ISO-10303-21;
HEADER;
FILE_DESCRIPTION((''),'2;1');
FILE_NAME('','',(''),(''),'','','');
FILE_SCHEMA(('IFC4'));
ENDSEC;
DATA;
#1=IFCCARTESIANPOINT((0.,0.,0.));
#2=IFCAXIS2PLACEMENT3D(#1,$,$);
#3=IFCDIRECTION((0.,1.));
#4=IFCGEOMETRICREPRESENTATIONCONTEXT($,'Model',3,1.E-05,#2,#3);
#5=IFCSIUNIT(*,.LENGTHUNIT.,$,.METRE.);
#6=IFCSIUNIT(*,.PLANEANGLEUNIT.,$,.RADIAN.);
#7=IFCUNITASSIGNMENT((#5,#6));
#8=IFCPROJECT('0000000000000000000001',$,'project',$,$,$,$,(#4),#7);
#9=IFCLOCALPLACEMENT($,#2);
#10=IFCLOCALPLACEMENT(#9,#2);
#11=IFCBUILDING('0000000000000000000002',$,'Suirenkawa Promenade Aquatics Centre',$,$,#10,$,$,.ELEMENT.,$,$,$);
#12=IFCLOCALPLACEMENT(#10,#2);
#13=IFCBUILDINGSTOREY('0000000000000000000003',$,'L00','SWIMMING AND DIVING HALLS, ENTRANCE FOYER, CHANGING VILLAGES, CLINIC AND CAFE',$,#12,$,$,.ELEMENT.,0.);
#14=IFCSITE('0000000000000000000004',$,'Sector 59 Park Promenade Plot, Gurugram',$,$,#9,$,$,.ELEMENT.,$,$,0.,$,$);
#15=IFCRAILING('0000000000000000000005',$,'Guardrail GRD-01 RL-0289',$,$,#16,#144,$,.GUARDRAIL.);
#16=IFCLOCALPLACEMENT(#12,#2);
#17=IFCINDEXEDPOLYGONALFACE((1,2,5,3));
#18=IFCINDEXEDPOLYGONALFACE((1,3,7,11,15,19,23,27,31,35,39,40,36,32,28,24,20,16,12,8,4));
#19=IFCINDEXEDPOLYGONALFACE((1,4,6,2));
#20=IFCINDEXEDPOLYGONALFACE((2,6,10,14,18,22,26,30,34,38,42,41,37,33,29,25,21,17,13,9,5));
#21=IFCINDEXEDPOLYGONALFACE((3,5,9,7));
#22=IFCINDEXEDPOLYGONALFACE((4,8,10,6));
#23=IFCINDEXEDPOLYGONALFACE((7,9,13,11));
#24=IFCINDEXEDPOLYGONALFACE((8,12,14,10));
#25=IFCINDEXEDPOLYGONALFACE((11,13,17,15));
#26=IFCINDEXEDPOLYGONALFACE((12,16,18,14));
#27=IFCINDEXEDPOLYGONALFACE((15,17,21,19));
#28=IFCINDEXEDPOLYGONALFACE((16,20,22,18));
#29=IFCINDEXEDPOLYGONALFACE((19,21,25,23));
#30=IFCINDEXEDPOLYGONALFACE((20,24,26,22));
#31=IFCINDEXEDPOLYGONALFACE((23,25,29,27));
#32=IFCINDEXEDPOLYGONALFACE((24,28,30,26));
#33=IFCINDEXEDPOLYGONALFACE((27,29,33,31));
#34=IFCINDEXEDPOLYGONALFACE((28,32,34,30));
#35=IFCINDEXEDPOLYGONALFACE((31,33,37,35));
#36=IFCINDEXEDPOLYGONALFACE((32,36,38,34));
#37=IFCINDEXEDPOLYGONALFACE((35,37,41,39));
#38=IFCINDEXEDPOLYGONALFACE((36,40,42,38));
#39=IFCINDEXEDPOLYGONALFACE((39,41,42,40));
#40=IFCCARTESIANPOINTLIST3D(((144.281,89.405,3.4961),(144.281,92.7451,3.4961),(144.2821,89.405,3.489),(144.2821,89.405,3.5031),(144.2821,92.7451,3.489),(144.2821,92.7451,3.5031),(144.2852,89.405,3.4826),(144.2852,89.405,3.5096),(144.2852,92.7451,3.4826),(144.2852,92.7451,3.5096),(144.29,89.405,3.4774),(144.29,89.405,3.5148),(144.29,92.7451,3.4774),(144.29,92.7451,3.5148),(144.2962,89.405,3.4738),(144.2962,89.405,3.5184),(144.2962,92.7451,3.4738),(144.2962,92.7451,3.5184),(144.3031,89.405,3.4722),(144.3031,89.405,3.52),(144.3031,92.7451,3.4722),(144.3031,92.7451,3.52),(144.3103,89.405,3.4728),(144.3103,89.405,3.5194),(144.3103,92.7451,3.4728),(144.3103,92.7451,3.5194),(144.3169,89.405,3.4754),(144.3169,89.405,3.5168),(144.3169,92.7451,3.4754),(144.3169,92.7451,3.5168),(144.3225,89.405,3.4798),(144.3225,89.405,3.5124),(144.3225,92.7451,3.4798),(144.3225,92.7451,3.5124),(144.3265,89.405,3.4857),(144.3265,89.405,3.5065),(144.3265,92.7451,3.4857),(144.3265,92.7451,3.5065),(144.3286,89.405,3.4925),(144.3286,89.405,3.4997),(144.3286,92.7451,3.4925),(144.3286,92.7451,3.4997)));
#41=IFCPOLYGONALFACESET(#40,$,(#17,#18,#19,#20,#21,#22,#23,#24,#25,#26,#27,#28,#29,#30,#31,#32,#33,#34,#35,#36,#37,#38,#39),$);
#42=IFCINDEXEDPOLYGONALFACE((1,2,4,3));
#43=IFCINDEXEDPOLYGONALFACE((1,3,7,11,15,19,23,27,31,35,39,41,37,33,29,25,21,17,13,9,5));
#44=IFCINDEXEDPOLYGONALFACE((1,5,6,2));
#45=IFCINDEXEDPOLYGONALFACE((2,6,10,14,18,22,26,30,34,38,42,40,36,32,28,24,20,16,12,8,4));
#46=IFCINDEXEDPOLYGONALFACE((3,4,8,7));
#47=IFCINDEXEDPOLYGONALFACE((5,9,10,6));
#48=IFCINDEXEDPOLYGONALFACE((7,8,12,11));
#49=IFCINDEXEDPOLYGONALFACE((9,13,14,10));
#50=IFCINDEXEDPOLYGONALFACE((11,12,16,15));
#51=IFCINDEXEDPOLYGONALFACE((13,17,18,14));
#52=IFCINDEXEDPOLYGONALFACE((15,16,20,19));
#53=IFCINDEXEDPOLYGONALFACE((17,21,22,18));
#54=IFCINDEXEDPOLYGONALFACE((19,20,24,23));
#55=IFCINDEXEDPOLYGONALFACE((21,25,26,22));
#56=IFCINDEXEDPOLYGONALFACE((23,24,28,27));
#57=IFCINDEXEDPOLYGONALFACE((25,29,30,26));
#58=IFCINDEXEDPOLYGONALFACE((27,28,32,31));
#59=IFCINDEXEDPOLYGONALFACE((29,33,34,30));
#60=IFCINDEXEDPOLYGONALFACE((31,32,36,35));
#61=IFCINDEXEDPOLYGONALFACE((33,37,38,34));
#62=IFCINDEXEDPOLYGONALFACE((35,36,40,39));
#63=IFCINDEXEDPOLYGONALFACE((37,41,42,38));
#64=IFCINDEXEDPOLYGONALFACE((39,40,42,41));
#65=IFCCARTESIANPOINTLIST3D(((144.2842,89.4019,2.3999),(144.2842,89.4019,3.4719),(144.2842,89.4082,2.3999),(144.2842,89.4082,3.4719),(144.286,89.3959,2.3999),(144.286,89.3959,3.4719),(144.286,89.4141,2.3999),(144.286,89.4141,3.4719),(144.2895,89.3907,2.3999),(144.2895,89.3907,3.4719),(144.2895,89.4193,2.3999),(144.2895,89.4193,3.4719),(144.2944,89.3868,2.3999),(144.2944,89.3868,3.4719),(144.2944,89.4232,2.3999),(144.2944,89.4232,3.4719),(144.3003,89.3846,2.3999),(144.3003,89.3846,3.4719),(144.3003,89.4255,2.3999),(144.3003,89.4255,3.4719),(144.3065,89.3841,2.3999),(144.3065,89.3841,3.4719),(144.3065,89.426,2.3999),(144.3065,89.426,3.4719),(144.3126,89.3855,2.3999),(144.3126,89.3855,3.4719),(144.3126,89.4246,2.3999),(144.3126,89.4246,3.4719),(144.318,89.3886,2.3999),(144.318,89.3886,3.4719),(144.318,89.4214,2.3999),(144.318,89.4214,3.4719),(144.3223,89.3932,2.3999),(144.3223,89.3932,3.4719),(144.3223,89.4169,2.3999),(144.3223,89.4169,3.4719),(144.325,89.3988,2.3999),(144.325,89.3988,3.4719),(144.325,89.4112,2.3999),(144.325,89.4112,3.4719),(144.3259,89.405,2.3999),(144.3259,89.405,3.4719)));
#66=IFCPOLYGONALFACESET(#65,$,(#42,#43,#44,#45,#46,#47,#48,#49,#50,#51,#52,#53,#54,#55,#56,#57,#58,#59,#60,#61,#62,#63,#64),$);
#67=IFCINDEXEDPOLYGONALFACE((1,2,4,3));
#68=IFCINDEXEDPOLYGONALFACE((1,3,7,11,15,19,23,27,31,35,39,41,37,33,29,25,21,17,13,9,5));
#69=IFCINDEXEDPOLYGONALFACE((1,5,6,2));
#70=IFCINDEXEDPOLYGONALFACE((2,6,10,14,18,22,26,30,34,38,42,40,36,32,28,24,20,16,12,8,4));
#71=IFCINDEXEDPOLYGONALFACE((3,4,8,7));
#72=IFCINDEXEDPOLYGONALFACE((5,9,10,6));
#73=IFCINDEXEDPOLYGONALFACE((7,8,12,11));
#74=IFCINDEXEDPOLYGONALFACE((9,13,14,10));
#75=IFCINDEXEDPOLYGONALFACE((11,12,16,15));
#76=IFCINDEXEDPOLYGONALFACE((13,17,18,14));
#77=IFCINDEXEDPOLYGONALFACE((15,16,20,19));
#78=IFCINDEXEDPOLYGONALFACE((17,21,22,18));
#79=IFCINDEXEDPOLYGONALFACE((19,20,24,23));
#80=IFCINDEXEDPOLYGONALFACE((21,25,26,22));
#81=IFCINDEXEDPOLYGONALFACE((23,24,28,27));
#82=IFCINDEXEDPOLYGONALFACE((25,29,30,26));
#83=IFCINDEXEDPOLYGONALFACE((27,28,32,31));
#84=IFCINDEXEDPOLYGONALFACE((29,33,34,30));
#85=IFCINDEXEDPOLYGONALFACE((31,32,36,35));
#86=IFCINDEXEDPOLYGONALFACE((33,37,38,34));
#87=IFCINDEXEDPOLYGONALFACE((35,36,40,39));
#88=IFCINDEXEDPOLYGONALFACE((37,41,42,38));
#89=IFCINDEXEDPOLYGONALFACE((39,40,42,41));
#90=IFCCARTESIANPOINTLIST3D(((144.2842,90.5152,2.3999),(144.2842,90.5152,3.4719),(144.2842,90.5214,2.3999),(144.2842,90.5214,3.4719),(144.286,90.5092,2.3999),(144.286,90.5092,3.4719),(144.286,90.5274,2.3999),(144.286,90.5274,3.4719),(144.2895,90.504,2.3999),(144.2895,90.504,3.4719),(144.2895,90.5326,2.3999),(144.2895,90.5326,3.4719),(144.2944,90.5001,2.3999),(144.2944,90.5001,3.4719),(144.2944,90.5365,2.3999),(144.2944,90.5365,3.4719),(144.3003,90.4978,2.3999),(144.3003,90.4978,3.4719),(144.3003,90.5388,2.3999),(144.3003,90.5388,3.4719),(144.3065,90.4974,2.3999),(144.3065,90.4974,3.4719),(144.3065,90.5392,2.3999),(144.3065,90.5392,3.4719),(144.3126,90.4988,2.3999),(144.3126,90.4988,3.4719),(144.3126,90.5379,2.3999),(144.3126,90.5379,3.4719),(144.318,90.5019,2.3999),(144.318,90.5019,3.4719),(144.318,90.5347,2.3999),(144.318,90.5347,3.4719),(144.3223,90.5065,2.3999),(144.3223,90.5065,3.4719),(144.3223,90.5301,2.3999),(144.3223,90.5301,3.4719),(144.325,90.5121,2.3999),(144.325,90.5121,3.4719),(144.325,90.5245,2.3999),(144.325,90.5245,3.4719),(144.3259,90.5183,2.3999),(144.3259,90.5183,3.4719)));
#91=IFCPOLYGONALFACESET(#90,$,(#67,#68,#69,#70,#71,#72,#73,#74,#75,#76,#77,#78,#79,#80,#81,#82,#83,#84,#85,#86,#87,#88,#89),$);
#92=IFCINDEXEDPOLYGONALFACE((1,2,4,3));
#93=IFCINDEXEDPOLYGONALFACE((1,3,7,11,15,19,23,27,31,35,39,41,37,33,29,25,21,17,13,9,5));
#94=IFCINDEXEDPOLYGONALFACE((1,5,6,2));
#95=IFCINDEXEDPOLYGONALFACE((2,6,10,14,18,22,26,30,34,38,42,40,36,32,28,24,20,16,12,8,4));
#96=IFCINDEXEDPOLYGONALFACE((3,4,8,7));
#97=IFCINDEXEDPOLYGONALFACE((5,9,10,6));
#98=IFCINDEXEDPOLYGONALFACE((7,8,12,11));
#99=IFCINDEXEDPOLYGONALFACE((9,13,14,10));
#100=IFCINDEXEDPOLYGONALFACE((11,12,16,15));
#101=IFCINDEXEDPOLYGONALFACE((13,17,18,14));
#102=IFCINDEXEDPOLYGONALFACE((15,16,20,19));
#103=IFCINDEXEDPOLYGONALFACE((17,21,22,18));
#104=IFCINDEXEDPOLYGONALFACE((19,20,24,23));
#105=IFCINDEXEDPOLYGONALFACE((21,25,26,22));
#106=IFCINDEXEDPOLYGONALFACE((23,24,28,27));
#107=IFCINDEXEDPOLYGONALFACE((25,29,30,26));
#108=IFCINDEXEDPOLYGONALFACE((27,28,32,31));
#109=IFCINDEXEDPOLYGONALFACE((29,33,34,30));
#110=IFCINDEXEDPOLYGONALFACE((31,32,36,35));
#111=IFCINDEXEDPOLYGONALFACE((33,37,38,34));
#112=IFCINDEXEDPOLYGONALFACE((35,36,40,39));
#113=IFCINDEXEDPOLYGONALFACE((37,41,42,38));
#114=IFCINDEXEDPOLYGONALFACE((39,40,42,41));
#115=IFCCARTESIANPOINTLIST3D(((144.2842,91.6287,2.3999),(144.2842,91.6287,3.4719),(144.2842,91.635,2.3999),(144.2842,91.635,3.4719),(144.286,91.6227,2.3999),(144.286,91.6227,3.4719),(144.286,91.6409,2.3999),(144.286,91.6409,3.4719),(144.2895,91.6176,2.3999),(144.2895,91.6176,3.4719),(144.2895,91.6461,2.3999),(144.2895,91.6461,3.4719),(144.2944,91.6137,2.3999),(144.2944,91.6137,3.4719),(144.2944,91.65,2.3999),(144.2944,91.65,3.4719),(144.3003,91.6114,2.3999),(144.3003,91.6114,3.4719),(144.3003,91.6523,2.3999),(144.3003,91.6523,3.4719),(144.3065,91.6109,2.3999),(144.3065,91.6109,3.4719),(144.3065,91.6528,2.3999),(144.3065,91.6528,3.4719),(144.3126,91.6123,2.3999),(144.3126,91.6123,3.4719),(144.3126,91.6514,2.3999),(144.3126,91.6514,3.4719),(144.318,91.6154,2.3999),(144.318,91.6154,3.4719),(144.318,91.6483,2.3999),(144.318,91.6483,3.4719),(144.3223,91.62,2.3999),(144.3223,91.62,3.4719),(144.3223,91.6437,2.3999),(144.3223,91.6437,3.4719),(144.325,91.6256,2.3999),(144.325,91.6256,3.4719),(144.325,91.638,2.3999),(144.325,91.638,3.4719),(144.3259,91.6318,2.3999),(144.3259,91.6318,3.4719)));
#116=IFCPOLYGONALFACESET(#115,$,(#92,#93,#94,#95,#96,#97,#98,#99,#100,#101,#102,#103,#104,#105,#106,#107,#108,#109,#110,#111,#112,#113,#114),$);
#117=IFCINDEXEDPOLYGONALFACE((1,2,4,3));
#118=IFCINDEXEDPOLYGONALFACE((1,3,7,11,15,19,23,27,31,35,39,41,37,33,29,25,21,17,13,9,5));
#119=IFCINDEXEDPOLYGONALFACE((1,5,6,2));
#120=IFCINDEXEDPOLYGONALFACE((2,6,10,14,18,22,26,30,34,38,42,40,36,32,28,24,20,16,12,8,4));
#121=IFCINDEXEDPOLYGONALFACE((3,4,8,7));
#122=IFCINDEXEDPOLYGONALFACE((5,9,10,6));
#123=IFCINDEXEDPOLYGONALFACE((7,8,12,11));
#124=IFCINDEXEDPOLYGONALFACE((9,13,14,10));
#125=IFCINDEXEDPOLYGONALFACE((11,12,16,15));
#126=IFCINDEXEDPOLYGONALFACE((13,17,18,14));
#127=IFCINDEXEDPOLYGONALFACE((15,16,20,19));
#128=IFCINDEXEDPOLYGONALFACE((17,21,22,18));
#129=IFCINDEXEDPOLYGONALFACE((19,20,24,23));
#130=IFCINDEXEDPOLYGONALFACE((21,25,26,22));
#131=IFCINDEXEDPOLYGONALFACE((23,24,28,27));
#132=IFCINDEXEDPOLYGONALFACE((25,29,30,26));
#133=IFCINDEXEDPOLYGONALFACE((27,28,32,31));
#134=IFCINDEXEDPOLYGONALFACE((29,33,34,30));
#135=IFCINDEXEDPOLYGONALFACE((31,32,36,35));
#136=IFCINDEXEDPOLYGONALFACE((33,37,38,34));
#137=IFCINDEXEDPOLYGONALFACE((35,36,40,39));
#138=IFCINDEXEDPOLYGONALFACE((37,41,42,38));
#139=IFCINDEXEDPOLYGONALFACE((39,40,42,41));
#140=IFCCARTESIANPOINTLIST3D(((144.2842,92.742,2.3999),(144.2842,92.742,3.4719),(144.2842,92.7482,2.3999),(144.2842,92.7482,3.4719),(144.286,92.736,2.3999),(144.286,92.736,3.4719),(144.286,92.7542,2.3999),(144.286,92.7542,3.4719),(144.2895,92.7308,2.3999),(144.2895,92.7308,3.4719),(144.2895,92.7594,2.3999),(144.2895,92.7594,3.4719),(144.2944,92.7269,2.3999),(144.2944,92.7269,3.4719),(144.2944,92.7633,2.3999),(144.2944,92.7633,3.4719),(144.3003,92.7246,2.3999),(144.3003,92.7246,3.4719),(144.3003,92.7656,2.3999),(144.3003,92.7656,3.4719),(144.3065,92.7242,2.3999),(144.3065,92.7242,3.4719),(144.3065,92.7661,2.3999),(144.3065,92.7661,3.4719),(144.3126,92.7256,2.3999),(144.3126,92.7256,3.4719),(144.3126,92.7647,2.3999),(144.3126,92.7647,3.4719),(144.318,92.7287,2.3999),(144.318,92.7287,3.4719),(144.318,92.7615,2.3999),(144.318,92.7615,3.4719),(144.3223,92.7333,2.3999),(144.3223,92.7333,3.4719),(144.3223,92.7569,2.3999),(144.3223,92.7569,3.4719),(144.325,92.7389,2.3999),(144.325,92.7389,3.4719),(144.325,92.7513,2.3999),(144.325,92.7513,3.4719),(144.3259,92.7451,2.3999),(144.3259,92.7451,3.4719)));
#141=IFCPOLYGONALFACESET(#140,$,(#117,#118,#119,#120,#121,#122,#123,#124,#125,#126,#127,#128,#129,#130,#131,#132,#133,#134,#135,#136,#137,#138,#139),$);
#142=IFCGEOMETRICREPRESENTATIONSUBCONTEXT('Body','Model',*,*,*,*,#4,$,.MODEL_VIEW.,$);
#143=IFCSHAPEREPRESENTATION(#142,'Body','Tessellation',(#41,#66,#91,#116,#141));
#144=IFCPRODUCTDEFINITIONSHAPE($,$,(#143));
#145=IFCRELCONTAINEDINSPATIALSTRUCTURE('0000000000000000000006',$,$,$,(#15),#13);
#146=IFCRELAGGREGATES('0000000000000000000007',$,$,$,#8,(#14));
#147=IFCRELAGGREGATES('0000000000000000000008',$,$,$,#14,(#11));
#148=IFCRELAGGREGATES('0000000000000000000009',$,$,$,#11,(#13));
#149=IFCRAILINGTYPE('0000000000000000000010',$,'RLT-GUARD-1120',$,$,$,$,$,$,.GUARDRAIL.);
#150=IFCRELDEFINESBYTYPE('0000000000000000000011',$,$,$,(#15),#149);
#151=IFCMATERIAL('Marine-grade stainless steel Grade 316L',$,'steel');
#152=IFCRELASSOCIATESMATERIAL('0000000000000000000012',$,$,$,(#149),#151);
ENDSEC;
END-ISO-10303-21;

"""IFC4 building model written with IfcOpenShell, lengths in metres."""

from ifc_helpers import new_model, si_unit, direction, frame, origin, origin_2d, place, context, subcontext, project, spatial, circle, extrude, material, type_object, element, save


model = new_model("IFC4")

# Units and contexts
model_context = context("Model", 3, precision=1e-05, world=origin(), true_north=direction((0.0, 1.0)))
body_context = subcontext(model_context, "Body", "Model", "MODEL_VIEW")
ifc_project = project(units=[si_unit("LENGTHUNIT", "METRE"), si_unit("PLANEANGLEUNIT", "RADIAN")], contexts=[model_context])

# Site, building, storey
site_placement = place(None, origin())
site = spatial("IfcSite", under=ifc_project, at=site_placement, Name="Sector 59 Park Promenade Plot, Gurugram", CompositionType="ELEMENT", RefElevation=0.0)
building_placement = place(site_placement, origin())
building = spatial("IfcBuilding", under=site, at=building_placement, Name="Suirenkawa Promenade Aquatics Centre", CompositionType="ELEMENT")
storey_placement = place(building_placement, origin())
storey = spatial("IfcBuildingStorey", under=building, at=storey_placement, Name="L00", Description="SWIMMING AND DIVING HALLS, ENTRANCE FOYER, CHANGING VILLAGES, CLINIC AND CAFE", CompositionType="ELEMENT", Elevation=0.0)

# Railing
ifc_material_1 = material(Name="Marine-grade stainless steel Grade 316L", Category="steel")
railing_type_1 = type_object("IfcRailingType", Name="RLT-GUARD-1120", PredefinedType="GUARDRAIL", material=ifc_material_1)
railing_1_placement = place(storey_placement, frame((144.3049, 89.405, 2.3999)))
element("IfcRailing", 1, at=railing_1_placement, inside=storey, type_object=railing_type_1, Name="Guardrail GRD-01 RL-0289", PredefinedType="GUARDRAIL", context=body_context, shape_type="SweptSolid", body=[
    extrude(circle(Radius=0.0239, at=origin_2d()), frame((0.0, 0.0, 1.0962), z_axis=(0.0, 1.0, 0.0), x_axis=(-1.0, 0.0, 0.0)), (0.0, 0.0, 1.0), 3.3401),
    extrude(circle(Radius=0.021, at=origin_2d()), origin(), (0.0, 0.0, 1.0), 1.072),
    extrude(circle(Radius=0.021, at=origin_2d()), frame((0.0, 1.1133, 0.0)), (0.0, 0.0, 1.0), 1.072),
    extrude(circle(Radius=0.021, at=origin_2d()), frame((0.0, 2.2268, 0.0)), (0.0, 0.0, 1.0), 1.072),
    extrude(circle(Radius=0.021, at=origin_2d()), frame((0.0, 3.3401, 0.0)), (0.0, 0.0, 1.0), 1.072),
])

save(model, "model.ifc")
